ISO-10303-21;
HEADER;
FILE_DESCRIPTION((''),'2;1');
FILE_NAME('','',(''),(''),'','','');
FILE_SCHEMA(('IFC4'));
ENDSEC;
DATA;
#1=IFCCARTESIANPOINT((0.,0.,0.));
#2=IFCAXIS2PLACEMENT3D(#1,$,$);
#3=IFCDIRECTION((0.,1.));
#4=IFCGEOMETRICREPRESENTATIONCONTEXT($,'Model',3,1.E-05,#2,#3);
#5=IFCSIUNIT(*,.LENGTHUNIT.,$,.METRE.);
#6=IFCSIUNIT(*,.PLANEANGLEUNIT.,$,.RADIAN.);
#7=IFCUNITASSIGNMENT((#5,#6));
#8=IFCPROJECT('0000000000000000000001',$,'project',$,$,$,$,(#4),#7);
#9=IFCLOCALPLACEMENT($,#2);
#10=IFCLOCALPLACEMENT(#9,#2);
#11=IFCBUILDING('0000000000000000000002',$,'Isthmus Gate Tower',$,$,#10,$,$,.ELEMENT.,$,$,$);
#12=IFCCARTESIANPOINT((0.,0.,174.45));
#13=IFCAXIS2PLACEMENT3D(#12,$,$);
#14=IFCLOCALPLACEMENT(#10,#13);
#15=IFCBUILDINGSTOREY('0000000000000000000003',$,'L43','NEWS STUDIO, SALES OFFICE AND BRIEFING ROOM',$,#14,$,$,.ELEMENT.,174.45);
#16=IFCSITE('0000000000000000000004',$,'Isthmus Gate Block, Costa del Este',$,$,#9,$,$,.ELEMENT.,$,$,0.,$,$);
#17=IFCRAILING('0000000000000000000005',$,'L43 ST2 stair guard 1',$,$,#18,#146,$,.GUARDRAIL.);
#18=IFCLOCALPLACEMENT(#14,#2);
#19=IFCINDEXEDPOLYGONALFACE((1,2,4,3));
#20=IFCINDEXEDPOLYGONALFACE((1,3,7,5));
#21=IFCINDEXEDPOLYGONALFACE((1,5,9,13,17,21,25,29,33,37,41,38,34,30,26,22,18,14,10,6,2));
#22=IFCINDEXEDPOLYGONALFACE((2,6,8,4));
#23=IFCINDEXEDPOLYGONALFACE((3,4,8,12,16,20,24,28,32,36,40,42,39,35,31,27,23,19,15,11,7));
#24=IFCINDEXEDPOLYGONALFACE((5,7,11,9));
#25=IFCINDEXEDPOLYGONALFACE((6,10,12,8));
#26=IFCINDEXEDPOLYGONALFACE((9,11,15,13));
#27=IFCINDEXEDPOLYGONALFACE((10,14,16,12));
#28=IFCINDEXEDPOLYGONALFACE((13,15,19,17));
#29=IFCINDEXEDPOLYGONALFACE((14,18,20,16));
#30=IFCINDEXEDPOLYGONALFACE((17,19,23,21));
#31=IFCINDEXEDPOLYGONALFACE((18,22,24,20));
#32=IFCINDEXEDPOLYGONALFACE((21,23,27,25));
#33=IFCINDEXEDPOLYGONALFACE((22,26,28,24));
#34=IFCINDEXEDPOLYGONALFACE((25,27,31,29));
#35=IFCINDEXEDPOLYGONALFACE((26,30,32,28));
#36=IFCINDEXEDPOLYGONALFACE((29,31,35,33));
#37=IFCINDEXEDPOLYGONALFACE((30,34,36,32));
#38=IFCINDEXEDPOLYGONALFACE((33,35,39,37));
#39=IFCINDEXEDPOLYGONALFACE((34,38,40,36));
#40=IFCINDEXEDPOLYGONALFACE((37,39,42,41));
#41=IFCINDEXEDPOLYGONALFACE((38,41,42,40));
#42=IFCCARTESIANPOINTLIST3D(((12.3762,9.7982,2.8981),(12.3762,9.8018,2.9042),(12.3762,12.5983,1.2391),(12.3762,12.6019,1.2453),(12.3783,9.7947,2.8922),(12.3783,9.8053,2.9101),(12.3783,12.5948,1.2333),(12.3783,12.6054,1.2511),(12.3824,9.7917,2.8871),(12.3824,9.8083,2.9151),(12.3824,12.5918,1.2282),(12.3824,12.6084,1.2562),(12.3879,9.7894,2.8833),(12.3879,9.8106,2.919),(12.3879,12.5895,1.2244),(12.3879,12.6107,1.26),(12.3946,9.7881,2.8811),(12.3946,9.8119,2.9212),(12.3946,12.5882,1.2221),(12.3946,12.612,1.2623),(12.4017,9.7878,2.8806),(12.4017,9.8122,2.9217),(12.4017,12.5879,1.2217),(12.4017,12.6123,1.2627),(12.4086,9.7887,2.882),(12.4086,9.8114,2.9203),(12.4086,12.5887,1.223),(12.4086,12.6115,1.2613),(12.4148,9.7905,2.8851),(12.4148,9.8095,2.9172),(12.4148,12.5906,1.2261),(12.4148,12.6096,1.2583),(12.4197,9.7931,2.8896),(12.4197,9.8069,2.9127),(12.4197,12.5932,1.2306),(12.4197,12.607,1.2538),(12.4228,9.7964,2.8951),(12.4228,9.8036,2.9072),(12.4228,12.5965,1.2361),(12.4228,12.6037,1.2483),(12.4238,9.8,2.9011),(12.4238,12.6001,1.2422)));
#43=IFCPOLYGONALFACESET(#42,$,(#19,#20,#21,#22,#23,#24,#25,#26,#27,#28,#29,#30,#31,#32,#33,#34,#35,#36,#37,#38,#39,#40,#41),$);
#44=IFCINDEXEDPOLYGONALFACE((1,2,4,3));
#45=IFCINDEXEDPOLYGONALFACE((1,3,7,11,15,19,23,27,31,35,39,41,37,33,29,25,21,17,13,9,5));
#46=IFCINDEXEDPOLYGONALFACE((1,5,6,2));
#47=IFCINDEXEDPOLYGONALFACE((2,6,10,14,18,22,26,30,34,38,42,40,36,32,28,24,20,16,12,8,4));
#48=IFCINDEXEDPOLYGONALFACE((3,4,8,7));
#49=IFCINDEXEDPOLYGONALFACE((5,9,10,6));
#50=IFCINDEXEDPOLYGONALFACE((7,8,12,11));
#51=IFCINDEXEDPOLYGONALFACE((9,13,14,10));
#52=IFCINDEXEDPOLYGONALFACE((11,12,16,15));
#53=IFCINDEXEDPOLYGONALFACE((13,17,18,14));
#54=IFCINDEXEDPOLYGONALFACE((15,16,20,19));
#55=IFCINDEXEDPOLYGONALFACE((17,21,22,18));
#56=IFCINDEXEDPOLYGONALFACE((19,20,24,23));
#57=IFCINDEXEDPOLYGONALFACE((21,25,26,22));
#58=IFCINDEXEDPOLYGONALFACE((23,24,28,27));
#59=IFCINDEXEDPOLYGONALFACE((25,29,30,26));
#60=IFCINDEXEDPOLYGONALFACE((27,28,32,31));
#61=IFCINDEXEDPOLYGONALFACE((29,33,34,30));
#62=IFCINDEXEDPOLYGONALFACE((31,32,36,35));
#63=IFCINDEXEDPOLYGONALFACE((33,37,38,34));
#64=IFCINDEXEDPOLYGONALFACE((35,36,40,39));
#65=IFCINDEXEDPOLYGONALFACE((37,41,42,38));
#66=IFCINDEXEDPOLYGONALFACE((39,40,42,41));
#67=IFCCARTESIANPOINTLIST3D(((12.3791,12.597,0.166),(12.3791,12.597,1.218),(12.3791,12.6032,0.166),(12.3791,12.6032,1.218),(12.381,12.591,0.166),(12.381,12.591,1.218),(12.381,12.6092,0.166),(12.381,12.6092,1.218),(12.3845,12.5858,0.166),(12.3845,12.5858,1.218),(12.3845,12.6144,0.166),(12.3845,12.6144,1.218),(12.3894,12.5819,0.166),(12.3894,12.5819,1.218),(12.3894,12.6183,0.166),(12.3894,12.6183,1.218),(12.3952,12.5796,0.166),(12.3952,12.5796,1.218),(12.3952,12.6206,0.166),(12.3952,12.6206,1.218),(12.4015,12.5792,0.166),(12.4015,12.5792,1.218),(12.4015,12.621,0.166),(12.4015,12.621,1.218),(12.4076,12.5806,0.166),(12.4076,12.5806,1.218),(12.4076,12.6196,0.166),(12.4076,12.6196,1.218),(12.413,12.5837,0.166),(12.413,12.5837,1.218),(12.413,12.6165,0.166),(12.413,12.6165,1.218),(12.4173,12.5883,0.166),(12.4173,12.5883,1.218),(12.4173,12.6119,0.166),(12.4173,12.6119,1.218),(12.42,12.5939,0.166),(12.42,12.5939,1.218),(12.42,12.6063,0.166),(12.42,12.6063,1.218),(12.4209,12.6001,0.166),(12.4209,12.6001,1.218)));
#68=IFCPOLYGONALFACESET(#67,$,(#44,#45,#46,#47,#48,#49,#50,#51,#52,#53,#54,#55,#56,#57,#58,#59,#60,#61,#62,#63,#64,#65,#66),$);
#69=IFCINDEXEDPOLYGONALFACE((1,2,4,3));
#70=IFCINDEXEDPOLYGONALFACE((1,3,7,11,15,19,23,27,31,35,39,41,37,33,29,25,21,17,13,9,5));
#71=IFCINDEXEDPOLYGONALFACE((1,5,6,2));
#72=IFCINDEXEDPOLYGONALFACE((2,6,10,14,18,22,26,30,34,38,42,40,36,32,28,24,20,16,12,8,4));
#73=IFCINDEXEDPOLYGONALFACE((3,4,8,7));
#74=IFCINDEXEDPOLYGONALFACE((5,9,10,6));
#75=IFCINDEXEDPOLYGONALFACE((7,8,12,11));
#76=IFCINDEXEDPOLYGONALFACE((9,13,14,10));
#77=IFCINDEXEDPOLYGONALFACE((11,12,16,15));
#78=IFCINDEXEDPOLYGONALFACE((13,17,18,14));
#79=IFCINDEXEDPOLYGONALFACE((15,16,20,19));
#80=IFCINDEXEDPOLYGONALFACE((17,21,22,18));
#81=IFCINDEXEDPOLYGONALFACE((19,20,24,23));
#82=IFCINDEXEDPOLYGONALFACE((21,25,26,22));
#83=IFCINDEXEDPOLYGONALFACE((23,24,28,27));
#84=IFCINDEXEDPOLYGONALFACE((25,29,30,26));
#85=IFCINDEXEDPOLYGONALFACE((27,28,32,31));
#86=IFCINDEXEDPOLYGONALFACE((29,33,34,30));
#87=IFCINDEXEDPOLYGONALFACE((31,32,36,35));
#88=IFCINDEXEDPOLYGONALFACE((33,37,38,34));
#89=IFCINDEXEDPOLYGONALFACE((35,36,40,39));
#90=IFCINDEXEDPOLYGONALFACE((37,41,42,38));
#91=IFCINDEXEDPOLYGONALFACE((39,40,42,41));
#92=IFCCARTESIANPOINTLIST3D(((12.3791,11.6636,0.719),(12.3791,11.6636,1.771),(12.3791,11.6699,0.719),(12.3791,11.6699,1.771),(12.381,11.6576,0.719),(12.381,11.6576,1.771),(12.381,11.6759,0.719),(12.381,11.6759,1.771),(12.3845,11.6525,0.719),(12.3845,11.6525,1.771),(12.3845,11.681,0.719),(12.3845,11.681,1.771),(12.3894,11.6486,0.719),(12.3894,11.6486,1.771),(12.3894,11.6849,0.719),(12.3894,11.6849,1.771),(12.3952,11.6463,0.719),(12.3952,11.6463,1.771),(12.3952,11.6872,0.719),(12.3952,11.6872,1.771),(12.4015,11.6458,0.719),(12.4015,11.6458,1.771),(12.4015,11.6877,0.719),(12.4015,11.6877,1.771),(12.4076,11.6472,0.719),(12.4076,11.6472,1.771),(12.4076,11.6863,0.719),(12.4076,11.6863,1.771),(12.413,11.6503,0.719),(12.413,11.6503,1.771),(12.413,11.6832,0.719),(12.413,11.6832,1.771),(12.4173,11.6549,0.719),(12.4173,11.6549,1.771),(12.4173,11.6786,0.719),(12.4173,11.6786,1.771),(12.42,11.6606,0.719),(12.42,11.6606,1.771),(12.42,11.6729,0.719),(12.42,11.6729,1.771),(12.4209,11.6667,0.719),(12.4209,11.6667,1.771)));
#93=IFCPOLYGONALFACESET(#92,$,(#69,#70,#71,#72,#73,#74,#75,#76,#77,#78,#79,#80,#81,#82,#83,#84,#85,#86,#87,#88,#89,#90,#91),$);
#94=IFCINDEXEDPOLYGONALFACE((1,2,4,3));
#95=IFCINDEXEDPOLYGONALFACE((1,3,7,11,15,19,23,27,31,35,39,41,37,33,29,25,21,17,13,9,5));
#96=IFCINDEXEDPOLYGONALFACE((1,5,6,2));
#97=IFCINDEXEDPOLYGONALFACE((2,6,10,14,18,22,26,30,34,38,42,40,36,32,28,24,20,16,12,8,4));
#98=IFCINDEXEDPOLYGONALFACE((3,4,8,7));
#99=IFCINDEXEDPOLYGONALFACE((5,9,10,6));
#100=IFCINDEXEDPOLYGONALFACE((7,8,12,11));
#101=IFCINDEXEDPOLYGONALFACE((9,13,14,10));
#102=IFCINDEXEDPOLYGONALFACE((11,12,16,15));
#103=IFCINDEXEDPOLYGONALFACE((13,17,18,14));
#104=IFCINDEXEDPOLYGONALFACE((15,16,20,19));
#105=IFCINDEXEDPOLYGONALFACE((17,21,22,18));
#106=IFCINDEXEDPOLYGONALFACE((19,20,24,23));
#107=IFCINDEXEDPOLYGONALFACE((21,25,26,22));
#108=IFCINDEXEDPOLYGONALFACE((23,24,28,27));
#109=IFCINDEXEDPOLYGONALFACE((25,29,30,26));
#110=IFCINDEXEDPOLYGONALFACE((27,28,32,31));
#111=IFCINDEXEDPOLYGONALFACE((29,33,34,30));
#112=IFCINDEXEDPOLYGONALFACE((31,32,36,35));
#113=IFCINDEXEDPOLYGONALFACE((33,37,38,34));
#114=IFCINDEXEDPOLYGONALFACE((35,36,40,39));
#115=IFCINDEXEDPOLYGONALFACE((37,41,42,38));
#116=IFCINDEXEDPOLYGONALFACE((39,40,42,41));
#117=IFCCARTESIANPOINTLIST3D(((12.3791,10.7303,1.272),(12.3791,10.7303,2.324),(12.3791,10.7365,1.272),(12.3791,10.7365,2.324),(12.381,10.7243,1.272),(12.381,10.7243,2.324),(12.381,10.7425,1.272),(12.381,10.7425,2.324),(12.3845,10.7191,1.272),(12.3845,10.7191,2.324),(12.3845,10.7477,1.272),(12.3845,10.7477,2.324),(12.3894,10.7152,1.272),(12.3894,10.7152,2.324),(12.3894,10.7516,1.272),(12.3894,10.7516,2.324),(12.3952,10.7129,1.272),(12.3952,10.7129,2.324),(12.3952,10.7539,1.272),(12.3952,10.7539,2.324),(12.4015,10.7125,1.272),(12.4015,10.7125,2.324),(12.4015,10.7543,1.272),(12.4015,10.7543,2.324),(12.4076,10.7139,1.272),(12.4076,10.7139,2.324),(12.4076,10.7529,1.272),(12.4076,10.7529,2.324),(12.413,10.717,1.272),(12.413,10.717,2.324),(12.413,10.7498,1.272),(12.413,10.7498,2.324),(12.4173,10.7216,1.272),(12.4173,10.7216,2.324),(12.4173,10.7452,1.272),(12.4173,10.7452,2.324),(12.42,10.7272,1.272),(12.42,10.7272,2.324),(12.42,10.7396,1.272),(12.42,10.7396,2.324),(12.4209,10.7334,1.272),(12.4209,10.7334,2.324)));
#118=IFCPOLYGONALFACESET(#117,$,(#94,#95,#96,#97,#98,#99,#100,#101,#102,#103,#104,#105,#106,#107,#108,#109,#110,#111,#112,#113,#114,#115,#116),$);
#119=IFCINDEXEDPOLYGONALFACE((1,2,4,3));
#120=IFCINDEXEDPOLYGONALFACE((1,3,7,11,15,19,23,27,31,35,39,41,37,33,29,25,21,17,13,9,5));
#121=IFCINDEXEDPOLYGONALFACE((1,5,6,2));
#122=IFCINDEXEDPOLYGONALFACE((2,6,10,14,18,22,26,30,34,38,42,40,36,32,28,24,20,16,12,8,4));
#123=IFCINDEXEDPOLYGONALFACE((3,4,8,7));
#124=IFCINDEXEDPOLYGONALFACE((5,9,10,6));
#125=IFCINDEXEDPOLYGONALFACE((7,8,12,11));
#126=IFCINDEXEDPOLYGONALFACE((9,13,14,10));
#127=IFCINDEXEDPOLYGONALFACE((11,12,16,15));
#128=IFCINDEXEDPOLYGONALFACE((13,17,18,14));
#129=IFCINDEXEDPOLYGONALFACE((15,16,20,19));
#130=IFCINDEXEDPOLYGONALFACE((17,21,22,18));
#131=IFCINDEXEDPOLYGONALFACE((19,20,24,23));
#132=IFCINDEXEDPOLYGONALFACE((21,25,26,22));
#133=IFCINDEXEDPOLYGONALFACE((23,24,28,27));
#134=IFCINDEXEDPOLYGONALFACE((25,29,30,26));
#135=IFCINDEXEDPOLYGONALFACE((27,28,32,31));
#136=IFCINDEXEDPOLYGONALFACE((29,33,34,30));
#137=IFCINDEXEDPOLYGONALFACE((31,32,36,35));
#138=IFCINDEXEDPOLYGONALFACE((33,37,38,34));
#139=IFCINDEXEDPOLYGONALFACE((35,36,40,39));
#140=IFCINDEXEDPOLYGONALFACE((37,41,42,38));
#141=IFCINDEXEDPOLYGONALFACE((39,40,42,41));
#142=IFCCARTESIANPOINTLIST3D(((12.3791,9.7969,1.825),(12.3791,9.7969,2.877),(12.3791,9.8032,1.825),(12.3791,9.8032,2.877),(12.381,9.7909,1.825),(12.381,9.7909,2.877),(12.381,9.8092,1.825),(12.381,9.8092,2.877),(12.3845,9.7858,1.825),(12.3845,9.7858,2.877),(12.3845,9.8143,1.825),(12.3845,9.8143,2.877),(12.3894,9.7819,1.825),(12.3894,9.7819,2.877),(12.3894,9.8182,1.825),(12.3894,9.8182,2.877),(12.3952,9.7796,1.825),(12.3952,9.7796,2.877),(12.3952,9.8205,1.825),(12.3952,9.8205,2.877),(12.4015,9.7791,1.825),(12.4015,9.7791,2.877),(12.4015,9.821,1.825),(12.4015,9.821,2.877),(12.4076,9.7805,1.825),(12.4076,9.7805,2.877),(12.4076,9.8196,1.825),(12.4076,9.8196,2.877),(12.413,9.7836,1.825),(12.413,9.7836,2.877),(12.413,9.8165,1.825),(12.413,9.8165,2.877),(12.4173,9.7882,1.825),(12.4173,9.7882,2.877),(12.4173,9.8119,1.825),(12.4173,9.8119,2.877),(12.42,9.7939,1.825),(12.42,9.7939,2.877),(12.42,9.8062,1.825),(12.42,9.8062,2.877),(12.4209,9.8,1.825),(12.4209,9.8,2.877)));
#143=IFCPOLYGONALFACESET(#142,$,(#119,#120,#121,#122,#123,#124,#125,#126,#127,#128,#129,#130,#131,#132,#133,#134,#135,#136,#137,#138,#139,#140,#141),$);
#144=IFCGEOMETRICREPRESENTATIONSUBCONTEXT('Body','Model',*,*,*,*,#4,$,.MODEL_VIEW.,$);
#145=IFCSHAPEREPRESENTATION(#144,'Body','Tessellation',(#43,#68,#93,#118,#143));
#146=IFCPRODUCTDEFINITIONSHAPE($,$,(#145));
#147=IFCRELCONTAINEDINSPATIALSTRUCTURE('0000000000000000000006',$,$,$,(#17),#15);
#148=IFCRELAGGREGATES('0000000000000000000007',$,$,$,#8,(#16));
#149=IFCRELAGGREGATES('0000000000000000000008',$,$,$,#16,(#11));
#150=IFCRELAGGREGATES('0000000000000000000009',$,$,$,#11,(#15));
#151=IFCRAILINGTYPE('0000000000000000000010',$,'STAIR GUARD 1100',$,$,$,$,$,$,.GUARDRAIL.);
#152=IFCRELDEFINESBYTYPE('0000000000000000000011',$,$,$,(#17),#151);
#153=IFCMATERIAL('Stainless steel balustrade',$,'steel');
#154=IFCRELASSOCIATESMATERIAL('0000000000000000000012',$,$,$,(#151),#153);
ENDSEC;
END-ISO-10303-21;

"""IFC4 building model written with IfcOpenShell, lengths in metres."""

from ifc_helpers import new_model, si_unit, direction, frame, origin, origin_2d, place, context, subcontext, project, spatial, circle, extrude, material, type_object, element, save


model = new_model("IFC4")

# Units and contexts
model_context = context("Model", 3, precision=1e-05, world=origin(), true_north=direction((0.0, 1.0)))
body_context = subcontext(model_context, "Body", "Model", "MODEL_VIEW")
ifc_project = project(units=[si_unit("LENGTHUNIT", "METRE"), si_unit("PLANEANGLEUNIT", "RADIAN")], contexts=[model_context])

# Site, building, storey
site_placement = place(None, origin())
site = spatial("IfcSite", under=ifc_project, at=site_placement, Name="Isthmus Gate Block, Costa del Este", CompositionType="ELEMENT", RefElevation=0.0)
building_placement = place(site_placement, origin())
building = spatial("IfcBuilding", under=site, at=building_placement, Name="Isthmus Gate Tower", CompositionType="ELEMENT")
storey_placement = place(building_placement, frame((0.0, 0.0, 174.45)))
storey = spatial("IfcBuildingStorey", under=building, at=storey_placement, Name="L43", Description="NEWS STUDIO, SALES OFFICE AND BRIEFING ROOM", CompositionType="ELEMENT", Elevation=174.45)

# Railing
ifc_material_1 = material(Name="Stainless steel balustrade", Category="steel")
railing_type_1 = type_object("IfcRailingType", Name="STAIR GUARD 1100", PredefinedType="GUARDRAIL", material=ifc_material_1)
railing_1_placement = place(storey_placement, frame((12.3999, 12.6001, 0.166)))
element("IfcRailing", 1, at=railing_1_placement, inside=storey, type_object=railing_type_1, Name="L43 ST2 stair guard 1", PredefinedType="GUARDRAIL", context=body_context, shape_type="SweptSolid", body=[
    extrude(circle(Radius=0.0239, at=origin_2d()), frame((0.0, 0.0, 1.0762), z_axis=(0.0, -0.860339, 0.509722), x_axis=(1.0, 0.0, 0.0)), (0.0, 0.0, 1.0), 3.2546),
    extrude(circle(Radius=0.021, at=origin_2d()), origin(), (0.0, 0.0, 1.0), 1.052),
    extrude(circle(Radius=0.021, at=origin_2d()), frame((0.0, -0.9333, 0.553)), (0.0, 0.0, 1.0), 1.052),
    extrude(circle(Radius=0.021, at=origin_2d()), frame((0.0, -1.8667, 1.106)), (0.0, 0.0, 1.0), 1.052),
    extrude(circle(Radius=0.021, at=origin_2d()), frame((0.0, -2.8, 1.6589)), (0.0, 0.0, 1.0), 1.052),
])

save(model, "model.ifc")
